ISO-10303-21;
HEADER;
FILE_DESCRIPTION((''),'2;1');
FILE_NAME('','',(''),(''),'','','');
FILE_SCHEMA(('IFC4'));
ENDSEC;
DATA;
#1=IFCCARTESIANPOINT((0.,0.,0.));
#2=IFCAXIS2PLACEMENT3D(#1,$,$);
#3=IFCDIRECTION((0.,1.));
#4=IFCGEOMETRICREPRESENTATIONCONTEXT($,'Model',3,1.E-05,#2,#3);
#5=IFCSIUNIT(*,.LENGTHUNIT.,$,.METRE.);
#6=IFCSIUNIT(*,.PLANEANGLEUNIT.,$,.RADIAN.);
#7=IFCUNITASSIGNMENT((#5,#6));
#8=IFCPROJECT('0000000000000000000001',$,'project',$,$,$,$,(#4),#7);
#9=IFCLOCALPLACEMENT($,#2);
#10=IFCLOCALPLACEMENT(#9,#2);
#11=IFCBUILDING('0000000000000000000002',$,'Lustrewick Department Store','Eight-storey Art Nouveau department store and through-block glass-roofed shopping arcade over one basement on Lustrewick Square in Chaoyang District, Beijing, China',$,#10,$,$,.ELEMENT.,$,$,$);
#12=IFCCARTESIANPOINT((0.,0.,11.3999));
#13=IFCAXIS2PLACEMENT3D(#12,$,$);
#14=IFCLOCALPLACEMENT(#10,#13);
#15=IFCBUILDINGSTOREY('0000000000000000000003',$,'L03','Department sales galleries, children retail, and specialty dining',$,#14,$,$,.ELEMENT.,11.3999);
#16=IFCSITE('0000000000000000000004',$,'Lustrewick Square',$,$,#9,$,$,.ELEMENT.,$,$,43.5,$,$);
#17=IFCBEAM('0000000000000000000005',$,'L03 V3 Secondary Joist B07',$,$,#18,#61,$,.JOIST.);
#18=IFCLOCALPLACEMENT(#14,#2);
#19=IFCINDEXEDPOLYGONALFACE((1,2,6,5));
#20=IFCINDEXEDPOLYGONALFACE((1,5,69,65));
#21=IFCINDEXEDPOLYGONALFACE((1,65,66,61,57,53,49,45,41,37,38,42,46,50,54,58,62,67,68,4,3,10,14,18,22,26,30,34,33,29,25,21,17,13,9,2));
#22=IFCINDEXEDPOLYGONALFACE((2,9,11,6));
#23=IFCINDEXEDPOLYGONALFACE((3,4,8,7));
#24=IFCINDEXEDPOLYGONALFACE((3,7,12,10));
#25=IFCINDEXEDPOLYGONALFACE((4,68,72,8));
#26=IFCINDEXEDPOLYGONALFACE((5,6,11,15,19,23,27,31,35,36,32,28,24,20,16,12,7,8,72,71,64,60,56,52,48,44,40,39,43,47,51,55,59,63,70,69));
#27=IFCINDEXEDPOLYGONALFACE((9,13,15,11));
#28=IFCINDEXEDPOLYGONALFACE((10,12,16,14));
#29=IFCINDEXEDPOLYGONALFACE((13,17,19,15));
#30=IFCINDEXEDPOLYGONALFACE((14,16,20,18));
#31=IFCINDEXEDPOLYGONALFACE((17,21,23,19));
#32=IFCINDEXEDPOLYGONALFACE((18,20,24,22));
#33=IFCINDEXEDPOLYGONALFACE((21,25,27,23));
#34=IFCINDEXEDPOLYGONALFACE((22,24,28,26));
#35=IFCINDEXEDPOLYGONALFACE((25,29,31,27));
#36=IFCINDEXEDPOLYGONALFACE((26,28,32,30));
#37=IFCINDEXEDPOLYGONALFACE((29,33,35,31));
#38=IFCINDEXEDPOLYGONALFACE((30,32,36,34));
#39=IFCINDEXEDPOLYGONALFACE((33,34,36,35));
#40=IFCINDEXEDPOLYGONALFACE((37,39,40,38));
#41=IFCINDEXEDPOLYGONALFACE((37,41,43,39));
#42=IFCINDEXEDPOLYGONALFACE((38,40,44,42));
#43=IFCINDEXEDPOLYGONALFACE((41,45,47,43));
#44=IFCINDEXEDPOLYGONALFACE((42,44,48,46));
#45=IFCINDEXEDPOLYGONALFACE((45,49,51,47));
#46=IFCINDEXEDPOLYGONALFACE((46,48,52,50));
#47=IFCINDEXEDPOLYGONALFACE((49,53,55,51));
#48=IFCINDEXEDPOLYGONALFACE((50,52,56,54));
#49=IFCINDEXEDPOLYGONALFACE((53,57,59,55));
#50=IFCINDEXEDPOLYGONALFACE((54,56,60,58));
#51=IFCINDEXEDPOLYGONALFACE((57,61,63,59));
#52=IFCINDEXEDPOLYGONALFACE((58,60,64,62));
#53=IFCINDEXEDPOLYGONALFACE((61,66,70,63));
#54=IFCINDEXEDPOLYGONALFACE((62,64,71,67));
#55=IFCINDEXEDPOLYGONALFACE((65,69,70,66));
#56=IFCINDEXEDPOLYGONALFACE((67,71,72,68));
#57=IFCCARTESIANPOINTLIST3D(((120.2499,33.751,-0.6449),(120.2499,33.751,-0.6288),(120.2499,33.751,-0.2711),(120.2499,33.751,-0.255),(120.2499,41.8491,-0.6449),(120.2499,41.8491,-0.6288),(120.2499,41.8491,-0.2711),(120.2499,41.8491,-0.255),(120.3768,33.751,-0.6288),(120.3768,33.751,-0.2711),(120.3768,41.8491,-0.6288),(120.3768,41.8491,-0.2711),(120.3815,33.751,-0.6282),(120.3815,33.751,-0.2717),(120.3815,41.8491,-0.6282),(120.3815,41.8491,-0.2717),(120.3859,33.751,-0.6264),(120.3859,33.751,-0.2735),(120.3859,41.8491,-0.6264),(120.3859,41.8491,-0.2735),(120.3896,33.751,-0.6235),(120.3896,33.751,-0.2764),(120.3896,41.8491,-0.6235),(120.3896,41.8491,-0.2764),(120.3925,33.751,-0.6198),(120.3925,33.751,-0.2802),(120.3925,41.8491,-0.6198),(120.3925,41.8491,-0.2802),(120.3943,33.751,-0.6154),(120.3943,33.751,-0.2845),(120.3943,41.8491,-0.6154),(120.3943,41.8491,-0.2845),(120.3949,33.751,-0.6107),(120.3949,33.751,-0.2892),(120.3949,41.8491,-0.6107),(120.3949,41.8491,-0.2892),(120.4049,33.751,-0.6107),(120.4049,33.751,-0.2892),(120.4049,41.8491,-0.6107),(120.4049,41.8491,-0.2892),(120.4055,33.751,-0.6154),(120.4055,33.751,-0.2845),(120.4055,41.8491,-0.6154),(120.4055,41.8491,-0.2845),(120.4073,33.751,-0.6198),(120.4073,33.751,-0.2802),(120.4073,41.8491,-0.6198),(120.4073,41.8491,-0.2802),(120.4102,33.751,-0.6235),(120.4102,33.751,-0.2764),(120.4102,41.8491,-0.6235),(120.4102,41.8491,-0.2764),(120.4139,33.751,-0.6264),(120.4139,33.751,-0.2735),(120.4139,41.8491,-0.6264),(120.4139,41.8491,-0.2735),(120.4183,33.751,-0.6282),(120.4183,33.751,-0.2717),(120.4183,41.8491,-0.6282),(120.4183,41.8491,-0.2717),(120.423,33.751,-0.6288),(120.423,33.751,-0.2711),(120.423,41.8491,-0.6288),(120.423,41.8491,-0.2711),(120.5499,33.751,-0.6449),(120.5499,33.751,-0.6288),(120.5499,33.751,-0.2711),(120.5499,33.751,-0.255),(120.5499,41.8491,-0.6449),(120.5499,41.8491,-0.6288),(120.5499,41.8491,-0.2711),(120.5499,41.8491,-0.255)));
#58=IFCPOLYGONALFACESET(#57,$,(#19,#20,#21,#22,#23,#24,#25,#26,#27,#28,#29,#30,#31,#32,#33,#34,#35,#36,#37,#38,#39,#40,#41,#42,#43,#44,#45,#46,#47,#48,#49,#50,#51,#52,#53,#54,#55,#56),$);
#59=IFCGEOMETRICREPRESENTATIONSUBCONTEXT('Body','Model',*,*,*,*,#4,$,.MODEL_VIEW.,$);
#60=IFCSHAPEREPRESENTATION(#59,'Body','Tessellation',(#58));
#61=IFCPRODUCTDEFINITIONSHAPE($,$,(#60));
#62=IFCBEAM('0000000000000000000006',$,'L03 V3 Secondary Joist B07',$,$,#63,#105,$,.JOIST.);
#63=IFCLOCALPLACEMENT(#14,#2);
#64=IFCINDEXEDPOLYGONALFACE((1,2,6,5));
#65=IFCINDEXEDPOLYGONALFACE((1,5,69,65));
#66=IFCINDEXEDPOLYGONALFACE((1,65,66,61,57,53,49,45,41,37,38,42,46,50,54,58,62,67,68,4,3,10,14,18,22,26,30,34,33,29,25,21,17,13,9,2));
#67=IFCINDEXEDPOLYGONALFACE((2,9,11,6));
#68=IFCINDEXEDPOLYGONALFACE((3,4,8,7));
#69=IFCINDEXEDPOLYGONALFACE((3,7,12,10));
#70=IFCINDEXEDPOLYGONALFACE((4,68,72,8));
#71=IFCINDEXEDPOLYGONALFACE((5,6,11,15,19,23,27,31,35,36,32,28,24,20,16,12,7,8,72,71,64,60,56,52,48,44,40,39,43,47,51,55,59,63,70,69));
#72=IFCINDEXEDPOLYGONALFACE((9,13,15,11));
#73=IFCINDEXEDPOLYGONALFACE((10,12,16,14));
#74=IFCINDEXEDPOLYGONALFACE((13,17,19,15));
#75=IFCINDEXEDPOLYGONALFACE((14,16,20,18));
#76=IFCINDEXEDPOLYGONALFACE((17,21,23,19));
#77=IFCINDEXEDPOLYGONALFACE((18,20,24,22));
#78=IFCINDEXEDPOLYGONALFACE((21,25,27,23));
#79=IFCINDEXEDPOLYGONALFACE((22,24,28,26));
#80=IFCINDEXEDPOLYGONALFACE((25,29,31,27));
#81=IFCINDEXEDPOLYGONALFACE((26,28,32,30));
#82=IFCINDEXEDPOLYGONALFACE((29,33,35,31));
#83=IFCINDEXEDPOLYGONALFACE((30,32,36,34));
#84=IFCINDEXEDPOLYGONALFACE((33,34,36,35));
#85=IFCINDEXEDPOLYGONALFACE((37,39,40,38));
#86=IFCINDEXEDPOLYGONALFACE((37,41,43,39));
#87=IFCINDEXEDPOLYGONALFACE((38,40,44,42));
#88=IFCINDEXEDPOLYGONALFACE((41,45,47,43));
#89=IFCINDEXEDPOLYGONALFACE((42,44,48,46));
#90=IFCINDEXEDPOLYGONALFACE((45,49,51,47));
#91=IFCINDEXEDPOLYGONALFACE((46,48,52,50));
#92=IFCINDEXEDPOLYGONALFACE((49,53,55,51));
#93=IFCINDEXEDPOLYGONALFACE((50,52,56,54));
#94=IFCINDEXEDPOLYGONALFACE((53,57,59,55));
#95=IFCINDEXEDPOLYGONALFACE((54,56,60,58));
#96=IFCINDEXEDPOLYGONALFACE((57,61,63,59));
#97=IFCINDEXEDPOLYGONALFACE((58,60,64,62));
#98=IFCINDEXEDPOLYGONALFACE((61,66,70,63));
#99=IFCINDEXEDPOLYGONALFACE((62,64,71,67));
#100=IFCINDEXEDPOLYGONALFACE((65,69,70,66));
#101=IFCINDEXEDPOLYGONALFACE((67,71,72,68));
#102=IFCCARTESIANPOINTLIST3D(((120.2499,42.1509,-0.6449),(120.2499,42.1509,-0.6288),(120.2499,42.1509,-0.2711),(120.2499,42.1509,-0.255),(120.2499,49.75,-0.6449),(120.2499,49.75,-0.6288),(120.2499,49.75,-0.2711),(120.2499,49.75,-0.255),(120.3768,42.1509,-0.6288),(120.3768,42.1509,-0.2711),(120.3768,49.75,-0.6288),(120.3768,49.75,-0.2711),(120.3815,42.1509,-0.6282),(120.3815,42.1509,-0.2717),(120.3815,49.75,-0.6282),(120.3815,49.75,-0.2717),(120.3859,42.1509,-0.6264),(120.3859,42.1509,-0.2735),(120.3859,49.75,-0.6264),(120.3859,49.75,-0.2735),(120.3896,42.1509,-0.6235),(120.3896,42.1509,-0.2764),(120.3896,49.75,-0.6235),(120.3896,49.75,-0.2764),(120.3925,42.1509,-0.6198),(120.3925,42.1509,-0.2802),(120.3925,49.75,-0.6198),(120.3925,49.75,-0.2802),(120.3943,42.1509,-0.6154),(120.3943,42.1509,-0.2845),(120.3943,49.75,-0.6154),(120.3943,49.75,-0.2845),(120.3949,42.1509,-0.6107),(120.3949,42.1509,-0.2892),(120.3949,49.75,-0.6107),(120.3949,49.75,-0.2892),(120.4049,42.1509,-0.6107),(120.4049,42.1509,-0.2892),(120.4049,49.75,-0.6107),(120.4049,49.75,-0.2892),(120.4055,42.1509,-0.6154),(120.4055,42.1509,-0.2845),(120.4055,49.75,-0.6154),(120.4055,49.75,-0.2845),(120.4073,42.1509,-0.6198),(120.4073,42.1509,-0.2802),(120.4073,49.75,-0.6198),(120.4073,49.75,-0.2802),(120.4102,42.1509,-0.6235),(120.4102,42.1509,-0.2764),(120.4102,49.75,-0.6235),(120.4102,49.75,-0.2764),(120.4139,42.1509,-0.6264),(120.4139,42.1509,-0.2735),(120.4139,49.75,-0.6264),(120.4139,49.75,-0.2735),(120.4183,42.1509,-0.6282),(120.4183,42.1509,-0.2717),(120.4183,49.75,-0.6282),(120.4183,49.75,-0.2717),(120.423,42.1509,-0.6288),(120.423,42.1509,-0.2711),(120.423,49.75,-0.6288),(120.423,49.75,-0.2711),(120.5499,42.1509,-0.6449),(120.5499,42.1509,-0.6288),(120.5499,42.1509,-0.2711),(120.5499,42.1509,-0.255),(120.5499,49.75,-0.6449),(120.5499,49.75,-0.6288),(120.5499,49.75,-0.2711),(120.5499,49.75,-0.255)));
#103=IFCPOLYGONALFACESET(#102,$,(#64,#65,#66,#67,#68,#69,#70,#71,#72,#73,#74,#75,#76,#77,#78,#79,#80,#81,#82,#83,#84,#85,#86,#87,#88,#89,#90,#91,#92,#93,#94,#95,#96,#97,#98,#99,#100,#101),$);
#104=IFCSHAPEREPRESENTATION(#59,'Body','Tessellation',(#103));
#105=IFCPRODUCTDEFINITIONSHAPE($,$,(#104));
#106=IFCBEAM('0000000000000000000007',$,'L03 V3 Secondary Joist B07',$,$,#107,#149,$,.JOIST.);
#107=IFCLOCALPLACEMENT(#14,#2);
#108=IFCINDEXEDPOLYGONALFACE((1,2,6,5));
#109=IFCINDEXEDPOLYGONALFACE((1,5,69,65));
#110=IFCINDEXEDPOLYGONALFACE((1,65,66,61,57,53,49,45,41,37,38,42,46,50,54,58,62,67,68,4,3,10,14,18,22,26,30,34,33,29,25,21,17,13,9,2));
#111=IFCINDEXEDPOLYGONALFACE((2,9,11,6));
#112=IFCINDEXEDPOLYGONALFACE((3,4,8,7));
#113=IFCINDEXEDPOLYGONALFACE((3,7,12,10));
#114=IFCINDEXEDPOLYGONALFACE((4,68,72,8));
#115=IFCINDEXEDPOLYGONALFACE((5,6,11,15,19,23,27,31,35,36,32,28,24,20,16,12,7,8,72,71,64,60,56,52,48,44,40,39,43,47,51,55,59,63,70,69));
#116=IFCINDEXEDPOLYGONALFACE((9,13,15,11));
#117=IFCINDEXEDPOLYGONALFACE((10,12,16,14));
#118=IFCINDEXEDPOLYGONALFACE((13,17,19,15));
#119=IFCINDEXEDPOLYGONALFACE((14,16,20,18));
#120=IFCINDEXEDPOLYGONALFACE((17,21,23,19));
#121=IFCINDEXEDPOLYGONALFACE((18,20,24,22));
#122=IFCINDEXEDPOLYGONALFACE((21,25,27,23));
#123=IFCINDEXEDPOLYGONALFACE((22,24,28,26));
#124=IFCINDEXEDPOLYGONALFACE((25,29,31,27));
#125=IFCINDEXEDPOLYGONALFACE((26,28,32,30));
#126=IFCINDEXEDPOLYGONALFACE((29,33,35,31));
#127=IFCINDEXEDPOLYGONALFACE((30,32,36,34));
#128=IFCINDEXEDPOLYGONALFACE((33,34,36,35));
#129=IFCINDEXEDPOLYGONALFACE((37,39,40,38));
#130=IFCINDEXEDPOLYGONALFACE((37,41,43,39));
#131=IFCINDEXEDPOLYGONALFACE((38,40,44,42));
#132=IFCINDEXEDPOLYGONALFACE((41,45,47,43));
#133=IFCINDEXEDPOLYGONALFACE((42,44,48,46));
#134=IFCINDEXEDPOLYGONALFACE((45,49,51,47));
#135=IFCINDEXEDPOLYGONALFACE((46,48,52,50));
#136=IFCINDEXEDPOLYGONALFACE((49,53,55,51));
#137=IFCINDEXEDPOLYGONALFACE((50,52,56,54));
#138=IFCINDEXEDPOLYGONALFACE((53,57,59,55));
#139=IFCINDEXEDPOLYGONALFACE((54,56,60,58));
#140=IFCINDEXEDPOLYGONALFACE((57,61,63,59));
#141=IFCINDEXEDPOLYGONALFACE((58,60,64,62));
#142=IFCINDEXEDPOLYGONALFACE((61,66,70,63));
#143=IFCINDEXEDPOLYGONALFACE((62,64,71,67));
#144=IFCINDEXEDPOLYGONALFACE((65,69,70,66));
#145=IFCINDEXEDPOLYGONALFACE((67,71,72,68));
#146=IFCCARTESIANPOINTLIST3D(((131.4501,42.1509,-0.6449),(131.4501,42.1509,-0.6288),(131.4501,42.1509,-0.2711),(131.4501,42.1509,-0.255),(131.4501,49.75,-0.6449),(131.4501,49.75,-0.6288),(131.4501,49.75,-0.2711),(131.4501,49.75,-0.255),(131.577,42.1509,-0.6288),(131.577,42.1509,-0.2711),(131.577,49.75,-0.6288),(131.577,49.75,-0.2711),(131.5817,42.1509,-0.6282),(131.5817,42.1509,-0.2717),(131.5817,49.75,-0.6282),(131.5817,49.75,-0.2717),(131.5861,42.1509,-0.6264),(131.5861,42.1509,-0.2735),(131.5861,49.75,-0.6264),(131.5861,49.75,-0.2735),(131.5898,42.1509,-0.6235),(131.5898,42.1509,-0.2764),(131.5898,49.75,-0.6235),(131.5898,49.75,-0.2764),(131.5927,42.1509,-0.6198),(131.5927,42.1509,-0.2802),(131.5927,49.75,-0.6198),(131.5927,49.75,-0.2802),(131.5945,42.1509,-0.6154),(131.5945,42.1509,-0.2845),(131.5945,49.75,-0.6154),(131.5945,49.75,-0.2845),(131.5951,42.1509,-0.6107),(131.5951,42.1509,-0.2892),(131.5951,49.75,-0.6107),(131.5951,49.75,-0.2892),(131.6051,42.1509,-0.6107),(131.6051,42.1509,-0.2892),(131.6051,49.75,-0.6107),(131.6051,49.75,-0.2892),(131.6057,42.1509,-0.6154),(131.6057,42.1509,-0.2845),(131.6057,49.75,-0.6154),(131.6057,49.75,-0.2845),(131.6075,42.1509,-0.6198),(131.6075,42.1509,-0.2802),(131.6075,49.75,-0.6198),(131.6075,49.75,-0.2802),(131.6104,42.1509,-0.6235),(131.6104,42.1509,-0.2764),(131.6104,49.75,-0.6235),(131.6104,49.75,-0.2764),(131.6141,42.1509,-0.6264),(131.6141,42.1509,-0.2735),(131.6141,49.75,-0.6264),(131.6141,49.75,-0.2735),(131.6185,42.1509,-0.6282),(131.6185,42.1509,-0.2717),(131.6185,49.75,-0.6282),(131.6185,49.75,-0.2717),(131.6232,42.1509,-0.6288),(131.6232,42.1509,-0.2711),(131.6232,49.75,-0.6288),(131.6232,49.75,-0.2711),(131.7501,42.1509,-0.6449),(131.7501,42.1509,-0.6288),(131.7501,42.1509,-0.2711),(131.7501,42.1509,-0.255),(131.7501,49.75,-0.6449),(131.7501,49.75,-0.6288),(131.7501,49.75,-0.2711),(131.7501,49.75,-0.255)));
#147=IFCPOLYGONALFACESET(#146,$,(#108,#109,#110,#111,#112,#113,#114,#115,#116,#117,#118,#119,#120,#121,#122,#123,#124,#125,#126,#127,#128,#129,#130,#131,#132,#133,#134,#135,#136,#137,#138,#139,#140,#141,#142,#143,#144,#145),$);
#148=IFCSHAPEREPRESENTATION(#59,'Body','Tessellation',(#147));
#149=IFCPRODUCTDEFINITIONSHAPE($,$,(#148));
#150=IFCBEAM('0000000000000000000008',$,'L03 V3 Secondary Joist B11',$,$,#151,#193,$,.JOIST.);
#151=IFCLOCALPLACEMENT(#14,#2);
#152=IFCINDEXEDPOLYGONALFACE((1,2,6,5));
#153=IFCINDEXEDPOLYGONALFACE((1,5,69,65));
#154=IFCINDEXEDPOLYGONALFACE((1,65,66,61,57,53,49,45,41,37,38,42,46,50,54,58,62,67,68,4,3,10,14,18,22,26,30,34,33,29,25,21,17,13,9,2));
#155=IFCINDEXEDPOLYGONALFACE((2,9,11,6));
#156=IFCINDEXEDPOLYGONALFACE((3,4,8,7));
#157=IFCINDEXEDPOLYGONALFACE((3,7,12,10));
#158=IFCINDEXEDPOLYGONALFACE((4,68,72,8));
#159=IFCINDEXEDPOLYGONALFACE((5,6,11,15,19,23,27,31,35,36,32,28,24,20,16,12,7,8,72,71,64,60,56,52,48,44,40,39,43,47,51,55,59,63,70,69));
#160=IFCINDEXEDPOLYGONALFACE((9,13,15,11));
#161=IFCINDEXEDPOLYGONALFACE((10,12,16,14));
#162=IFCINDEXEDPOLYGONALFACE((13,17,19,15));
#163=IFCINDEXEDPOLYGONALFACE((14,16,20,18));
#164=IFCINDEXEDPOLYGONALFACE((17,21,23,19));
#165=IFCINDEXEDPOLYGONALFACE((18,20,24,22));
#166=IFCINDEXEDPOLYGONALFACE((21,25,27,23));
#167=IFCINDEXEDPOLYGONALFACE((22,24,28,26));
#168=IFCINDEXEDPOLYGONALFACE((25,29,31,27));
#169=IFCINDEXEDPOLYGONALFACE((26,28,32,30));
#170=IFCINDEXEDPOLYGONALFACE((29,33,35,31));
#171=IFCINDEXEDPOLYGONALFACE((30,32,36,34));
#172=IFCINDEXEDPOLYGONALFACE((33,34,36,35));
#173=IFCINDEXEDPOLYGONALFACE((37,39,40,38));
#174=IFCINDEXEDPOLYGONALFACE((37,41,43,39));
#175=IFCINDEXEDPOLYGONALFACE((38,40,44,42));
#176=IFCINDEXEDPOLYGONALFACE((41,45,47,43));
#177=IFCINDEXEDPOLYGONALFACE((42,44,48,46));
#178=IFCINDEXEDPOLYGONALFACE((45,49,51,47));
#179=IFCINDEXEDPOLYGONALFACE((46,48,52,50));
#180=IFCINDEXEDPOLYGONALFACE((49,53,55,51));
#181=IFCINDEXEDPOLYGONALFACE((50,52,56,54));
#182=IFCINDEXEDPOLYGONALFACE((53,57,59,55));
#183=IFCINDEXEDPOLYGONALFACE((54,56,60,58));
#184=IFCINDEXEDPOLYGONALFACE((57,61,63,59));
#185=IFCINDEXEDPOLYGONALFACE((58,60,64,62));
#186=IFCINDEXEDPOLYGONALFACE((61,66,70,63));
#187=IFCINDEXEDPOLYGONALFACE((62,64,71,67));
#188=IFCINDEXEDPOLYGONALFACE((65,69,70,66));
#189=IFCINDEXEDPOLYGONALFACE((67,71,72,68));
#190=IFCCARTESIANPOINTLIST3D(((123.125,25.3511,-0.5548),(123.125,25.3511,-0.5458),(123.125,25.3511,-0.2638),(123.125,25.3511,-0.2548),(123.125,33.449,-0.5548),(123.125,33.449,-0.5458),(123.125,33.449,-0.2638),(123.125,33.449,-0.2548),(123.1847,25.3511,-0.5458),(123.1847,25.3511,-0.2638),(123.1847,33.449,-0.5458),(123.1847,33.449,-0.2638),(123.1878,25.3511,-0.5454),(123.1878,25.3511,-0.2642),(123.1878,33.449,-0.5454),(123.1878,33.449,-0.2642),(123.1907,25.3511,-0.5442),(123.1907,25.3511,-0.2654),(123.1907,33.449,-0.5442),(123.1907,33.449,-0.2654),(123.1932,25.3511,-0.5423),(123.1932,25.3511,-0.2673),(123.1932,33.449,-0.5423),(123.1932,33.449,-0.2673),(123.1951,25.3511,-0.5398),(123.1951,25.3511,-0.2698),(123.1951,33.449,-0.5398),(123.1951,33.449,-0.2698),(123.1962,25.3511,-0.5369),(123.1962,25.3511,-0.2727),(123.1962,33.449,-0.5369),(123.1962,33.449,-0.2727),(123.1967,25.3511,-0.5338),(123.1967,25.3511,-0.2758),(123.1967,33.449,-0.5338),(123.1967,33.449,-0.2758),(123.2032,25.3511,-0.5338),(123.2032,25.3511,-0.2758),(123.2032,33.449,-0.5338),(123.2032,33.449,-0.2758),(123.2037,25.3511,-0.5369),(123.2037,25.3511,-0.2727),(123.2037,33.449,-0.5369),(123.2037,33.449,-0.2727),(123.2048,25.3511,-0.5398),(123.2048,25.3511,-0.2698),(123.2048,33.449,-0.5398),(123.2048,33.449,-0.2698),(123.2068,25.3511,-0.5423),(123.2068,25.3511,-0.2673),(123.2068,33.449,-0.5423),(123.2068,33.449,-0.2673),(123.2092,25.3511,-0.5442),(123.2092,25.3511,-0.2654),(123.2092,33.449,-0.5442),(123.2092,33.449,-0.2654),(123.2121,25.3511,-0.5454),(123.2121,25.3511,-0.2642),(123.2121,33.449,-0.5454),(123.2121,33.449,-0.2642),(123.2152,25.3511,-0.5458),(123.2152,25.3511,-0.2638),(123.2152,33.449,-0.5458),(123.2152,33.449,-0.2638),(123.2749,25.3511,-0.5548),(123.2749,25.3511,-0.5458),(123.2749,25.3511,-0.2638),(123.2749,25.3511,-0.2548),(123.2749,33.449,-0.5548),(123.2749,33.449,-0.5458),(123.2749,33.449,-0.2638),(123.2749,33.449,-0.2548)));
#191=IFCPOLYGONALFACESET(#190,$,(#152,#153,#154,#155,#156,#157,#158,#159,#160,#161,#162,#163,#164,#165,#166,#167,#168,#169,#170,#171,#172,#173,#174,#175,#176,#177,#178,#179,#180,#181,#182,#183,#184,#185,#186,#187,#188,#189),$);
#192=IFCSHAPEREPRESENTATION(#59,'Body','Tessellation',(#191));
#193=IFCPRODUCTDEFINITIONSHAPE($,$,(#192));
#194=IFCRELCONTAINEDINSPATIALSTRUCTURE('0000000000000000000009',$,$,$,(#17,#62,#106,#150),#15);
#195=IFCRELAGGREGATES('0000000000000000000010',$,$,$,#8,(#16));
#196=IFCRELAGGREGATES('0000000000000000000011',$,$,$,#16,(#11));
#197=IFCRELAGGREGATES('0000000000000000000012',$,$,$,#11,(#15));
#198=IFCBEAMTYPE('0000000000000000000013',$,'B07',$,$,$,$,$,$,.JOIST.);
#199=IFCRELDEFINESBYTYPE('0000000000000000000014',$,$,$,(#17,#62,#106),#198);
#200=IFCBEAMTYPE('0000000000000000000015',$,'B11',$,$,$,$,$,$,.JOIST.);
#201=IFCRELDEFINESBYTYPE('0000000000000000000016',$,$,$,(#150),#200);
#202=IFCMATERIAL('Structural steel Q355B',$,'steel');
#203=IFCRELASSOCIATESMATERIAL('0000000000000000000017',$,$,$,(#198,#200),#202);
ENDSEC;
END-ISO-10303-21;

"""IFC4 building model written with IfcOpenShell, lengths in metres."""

from ifc_helpers import new_model, si_unit, direction, frame, origin, origin_2d, place, context, subcontext, project, spatial, i_section, extrude, material, material_profile, profile_set, type_object, element, save


model = new_model("IFC4")

# Units and contexts
model_context = context("Model", 3, precision=1e-05, world=origin(), true_north=direction((0.0, 1.0)))
body_context = subcontext(model_context, "Body", "Model", "MODEL_VIEW")
ifc_project = project(units=[si_unit("LENGTHUNIT", "METRE"), si_unit("PLANEANGLEUNIT", "RADIAN")], contexts=[model_context])

# Site, building, storey
site_placement = place(None, origin())
site = spatial("IfcSite", under=ifc_project, at=site_placement, Name="Lustrewick Square", CompositionType="ELEMENT", RefElevation=43.5)
building_placement = place(site_placement, origin())
building = spatial("IfcBuilding", under=site, at=building_placement, Name="Lustrewick Department Store", Description="Eight-storey Art Nouveau department store and through-block glass-roofed shopping arcade over one basement on Lustrewick Square in Chaoyang District, Beijing, China", CompositionType="ELEMENT")
storey_placement = place(building_placement, frame((0.0, 0.0, 11.3999)))
storey = spatial("IfcBuildingStorey", under=building, at=storey_placement, Name="L03", Description="Department sales galleries, children retail, and specialty dining", CompositionType="ELEMENT", Elevation=11.3999)

# Shared definitions
ifc_material_1 = material(Name="Structural steel Q355B", Category="steel")

# Beams
ifc_material_profile_1 = material_profile(ifc_material_1, i_section(OverallWidth=0.3, OverallDepth=0.3899, WebThickness=0.01, FlangeThickness=0.0161, FilletRadius=0.0181, at=origin_2d()), Name="HM 390x300x10x16")
ifc_profile_set_1 = profile_set([ifc_material_profile_1], Name="Structural steel Q355B")
beam_type_1 = type_object("IfcBeamType", Name="B07", PredefinedType="JOIST", material=ifc_profile_set_1)
beam_1_placement = place(storey_placement, frame((120.3999, 33.751, -0.45), z_axis=(0.0, 1.0, 0.0), x_axis=(-1.0, 0.0, 0.0)))
element("IfcBeam", 1, at=beam_1_placement, inside=storey, type_object=beam_type_1, Name="L03 V3 Secondary Joist B07", PredefinedType="JOIST", context=body_context, shape_type="SweptSolid", body=[
    extrude(i_section(OverallWidth=0.3, OverallDepth=0.3899, WebThickness=0.01, FlangeThickness=0.0161, FilletRadius=0.0181, at=origin_2d()), origin(), (0.0, 0.0, 1.0), 8.0981),
])
for number, where, z_axis, x_axis, name in (
    (2, (120.3999, 42.1509, -0.45), (0.0, 1.0, 0.0), (-1.0, 0.0, 0.0), "L03 V3 Secondary Joist B07"),
    (3, (131.6001, 42.1509, -0.45), (0.0, 1.0, 0.0), (-1.0, 0.0, 0.0), "L03 V3 Secondary Joist B07"),
):
    element("IfcBeam", number, at=place(storey_placement, frame(where, z_axis=z_axis, x_axis=x_axis)), inside=storey, type_object=beam_type_1, Name=name, PredefinedType="JOIST", context=body_context, shape_type="SweptSolid", body=[
        extrude(i_section(OverallWidth=0.3, OverallDepth=0.3899, WebThickness=0.01, FlangeThickness=0.0161, FilletRadius=0.0181, at=origin_2d()), origin(), (0.0, 0.0, 1.0), 7.5991),
    ])
ifc_material_profile_2 = material_profile(ifc_material_1, i_section(OverallWidth=0.1499, OverallDepth=0.3, WebThickness=0.0066, FlangeThickness=0.009, FilletRadius=0.012, at=origin_2d()), Name="HN 300x150x6.5x9")
ifc_profile_set_2 = profile_set([ifc_material_profile_2], Name="Structural steel Q355B")
beam_type_2 = type_object("IfcBeamType", Name="B11", PredefinedType="JOIST", material=ifc_profile_set_2)
beam_2_placement = place(storey_placement, frame((123.2, 25.3511, -0.4048), z_axis=(0.0, 1.0, 0.0), x_axis=(-1.0, 0.0, 0.0)))
element("IfcBeam", 4, at=beam_2_placement, inside=storey, type_object=beam_type_2, Name="L03 V3 Secondary Joist B11", PredefinedType="JOIST", context=body_context, shape_type="SweptSolid", body=[
    extrude(i_section(OverallWidth=0.1499, OverallDepth=0.3, WebThickness=0.0066, FlangeThickness=0.009, FilletRadius=0.012, at=origin_2d()), origin(), (0.0, 0.0, 1.0), 8.0979),
])

save(model, "model.ifc")
